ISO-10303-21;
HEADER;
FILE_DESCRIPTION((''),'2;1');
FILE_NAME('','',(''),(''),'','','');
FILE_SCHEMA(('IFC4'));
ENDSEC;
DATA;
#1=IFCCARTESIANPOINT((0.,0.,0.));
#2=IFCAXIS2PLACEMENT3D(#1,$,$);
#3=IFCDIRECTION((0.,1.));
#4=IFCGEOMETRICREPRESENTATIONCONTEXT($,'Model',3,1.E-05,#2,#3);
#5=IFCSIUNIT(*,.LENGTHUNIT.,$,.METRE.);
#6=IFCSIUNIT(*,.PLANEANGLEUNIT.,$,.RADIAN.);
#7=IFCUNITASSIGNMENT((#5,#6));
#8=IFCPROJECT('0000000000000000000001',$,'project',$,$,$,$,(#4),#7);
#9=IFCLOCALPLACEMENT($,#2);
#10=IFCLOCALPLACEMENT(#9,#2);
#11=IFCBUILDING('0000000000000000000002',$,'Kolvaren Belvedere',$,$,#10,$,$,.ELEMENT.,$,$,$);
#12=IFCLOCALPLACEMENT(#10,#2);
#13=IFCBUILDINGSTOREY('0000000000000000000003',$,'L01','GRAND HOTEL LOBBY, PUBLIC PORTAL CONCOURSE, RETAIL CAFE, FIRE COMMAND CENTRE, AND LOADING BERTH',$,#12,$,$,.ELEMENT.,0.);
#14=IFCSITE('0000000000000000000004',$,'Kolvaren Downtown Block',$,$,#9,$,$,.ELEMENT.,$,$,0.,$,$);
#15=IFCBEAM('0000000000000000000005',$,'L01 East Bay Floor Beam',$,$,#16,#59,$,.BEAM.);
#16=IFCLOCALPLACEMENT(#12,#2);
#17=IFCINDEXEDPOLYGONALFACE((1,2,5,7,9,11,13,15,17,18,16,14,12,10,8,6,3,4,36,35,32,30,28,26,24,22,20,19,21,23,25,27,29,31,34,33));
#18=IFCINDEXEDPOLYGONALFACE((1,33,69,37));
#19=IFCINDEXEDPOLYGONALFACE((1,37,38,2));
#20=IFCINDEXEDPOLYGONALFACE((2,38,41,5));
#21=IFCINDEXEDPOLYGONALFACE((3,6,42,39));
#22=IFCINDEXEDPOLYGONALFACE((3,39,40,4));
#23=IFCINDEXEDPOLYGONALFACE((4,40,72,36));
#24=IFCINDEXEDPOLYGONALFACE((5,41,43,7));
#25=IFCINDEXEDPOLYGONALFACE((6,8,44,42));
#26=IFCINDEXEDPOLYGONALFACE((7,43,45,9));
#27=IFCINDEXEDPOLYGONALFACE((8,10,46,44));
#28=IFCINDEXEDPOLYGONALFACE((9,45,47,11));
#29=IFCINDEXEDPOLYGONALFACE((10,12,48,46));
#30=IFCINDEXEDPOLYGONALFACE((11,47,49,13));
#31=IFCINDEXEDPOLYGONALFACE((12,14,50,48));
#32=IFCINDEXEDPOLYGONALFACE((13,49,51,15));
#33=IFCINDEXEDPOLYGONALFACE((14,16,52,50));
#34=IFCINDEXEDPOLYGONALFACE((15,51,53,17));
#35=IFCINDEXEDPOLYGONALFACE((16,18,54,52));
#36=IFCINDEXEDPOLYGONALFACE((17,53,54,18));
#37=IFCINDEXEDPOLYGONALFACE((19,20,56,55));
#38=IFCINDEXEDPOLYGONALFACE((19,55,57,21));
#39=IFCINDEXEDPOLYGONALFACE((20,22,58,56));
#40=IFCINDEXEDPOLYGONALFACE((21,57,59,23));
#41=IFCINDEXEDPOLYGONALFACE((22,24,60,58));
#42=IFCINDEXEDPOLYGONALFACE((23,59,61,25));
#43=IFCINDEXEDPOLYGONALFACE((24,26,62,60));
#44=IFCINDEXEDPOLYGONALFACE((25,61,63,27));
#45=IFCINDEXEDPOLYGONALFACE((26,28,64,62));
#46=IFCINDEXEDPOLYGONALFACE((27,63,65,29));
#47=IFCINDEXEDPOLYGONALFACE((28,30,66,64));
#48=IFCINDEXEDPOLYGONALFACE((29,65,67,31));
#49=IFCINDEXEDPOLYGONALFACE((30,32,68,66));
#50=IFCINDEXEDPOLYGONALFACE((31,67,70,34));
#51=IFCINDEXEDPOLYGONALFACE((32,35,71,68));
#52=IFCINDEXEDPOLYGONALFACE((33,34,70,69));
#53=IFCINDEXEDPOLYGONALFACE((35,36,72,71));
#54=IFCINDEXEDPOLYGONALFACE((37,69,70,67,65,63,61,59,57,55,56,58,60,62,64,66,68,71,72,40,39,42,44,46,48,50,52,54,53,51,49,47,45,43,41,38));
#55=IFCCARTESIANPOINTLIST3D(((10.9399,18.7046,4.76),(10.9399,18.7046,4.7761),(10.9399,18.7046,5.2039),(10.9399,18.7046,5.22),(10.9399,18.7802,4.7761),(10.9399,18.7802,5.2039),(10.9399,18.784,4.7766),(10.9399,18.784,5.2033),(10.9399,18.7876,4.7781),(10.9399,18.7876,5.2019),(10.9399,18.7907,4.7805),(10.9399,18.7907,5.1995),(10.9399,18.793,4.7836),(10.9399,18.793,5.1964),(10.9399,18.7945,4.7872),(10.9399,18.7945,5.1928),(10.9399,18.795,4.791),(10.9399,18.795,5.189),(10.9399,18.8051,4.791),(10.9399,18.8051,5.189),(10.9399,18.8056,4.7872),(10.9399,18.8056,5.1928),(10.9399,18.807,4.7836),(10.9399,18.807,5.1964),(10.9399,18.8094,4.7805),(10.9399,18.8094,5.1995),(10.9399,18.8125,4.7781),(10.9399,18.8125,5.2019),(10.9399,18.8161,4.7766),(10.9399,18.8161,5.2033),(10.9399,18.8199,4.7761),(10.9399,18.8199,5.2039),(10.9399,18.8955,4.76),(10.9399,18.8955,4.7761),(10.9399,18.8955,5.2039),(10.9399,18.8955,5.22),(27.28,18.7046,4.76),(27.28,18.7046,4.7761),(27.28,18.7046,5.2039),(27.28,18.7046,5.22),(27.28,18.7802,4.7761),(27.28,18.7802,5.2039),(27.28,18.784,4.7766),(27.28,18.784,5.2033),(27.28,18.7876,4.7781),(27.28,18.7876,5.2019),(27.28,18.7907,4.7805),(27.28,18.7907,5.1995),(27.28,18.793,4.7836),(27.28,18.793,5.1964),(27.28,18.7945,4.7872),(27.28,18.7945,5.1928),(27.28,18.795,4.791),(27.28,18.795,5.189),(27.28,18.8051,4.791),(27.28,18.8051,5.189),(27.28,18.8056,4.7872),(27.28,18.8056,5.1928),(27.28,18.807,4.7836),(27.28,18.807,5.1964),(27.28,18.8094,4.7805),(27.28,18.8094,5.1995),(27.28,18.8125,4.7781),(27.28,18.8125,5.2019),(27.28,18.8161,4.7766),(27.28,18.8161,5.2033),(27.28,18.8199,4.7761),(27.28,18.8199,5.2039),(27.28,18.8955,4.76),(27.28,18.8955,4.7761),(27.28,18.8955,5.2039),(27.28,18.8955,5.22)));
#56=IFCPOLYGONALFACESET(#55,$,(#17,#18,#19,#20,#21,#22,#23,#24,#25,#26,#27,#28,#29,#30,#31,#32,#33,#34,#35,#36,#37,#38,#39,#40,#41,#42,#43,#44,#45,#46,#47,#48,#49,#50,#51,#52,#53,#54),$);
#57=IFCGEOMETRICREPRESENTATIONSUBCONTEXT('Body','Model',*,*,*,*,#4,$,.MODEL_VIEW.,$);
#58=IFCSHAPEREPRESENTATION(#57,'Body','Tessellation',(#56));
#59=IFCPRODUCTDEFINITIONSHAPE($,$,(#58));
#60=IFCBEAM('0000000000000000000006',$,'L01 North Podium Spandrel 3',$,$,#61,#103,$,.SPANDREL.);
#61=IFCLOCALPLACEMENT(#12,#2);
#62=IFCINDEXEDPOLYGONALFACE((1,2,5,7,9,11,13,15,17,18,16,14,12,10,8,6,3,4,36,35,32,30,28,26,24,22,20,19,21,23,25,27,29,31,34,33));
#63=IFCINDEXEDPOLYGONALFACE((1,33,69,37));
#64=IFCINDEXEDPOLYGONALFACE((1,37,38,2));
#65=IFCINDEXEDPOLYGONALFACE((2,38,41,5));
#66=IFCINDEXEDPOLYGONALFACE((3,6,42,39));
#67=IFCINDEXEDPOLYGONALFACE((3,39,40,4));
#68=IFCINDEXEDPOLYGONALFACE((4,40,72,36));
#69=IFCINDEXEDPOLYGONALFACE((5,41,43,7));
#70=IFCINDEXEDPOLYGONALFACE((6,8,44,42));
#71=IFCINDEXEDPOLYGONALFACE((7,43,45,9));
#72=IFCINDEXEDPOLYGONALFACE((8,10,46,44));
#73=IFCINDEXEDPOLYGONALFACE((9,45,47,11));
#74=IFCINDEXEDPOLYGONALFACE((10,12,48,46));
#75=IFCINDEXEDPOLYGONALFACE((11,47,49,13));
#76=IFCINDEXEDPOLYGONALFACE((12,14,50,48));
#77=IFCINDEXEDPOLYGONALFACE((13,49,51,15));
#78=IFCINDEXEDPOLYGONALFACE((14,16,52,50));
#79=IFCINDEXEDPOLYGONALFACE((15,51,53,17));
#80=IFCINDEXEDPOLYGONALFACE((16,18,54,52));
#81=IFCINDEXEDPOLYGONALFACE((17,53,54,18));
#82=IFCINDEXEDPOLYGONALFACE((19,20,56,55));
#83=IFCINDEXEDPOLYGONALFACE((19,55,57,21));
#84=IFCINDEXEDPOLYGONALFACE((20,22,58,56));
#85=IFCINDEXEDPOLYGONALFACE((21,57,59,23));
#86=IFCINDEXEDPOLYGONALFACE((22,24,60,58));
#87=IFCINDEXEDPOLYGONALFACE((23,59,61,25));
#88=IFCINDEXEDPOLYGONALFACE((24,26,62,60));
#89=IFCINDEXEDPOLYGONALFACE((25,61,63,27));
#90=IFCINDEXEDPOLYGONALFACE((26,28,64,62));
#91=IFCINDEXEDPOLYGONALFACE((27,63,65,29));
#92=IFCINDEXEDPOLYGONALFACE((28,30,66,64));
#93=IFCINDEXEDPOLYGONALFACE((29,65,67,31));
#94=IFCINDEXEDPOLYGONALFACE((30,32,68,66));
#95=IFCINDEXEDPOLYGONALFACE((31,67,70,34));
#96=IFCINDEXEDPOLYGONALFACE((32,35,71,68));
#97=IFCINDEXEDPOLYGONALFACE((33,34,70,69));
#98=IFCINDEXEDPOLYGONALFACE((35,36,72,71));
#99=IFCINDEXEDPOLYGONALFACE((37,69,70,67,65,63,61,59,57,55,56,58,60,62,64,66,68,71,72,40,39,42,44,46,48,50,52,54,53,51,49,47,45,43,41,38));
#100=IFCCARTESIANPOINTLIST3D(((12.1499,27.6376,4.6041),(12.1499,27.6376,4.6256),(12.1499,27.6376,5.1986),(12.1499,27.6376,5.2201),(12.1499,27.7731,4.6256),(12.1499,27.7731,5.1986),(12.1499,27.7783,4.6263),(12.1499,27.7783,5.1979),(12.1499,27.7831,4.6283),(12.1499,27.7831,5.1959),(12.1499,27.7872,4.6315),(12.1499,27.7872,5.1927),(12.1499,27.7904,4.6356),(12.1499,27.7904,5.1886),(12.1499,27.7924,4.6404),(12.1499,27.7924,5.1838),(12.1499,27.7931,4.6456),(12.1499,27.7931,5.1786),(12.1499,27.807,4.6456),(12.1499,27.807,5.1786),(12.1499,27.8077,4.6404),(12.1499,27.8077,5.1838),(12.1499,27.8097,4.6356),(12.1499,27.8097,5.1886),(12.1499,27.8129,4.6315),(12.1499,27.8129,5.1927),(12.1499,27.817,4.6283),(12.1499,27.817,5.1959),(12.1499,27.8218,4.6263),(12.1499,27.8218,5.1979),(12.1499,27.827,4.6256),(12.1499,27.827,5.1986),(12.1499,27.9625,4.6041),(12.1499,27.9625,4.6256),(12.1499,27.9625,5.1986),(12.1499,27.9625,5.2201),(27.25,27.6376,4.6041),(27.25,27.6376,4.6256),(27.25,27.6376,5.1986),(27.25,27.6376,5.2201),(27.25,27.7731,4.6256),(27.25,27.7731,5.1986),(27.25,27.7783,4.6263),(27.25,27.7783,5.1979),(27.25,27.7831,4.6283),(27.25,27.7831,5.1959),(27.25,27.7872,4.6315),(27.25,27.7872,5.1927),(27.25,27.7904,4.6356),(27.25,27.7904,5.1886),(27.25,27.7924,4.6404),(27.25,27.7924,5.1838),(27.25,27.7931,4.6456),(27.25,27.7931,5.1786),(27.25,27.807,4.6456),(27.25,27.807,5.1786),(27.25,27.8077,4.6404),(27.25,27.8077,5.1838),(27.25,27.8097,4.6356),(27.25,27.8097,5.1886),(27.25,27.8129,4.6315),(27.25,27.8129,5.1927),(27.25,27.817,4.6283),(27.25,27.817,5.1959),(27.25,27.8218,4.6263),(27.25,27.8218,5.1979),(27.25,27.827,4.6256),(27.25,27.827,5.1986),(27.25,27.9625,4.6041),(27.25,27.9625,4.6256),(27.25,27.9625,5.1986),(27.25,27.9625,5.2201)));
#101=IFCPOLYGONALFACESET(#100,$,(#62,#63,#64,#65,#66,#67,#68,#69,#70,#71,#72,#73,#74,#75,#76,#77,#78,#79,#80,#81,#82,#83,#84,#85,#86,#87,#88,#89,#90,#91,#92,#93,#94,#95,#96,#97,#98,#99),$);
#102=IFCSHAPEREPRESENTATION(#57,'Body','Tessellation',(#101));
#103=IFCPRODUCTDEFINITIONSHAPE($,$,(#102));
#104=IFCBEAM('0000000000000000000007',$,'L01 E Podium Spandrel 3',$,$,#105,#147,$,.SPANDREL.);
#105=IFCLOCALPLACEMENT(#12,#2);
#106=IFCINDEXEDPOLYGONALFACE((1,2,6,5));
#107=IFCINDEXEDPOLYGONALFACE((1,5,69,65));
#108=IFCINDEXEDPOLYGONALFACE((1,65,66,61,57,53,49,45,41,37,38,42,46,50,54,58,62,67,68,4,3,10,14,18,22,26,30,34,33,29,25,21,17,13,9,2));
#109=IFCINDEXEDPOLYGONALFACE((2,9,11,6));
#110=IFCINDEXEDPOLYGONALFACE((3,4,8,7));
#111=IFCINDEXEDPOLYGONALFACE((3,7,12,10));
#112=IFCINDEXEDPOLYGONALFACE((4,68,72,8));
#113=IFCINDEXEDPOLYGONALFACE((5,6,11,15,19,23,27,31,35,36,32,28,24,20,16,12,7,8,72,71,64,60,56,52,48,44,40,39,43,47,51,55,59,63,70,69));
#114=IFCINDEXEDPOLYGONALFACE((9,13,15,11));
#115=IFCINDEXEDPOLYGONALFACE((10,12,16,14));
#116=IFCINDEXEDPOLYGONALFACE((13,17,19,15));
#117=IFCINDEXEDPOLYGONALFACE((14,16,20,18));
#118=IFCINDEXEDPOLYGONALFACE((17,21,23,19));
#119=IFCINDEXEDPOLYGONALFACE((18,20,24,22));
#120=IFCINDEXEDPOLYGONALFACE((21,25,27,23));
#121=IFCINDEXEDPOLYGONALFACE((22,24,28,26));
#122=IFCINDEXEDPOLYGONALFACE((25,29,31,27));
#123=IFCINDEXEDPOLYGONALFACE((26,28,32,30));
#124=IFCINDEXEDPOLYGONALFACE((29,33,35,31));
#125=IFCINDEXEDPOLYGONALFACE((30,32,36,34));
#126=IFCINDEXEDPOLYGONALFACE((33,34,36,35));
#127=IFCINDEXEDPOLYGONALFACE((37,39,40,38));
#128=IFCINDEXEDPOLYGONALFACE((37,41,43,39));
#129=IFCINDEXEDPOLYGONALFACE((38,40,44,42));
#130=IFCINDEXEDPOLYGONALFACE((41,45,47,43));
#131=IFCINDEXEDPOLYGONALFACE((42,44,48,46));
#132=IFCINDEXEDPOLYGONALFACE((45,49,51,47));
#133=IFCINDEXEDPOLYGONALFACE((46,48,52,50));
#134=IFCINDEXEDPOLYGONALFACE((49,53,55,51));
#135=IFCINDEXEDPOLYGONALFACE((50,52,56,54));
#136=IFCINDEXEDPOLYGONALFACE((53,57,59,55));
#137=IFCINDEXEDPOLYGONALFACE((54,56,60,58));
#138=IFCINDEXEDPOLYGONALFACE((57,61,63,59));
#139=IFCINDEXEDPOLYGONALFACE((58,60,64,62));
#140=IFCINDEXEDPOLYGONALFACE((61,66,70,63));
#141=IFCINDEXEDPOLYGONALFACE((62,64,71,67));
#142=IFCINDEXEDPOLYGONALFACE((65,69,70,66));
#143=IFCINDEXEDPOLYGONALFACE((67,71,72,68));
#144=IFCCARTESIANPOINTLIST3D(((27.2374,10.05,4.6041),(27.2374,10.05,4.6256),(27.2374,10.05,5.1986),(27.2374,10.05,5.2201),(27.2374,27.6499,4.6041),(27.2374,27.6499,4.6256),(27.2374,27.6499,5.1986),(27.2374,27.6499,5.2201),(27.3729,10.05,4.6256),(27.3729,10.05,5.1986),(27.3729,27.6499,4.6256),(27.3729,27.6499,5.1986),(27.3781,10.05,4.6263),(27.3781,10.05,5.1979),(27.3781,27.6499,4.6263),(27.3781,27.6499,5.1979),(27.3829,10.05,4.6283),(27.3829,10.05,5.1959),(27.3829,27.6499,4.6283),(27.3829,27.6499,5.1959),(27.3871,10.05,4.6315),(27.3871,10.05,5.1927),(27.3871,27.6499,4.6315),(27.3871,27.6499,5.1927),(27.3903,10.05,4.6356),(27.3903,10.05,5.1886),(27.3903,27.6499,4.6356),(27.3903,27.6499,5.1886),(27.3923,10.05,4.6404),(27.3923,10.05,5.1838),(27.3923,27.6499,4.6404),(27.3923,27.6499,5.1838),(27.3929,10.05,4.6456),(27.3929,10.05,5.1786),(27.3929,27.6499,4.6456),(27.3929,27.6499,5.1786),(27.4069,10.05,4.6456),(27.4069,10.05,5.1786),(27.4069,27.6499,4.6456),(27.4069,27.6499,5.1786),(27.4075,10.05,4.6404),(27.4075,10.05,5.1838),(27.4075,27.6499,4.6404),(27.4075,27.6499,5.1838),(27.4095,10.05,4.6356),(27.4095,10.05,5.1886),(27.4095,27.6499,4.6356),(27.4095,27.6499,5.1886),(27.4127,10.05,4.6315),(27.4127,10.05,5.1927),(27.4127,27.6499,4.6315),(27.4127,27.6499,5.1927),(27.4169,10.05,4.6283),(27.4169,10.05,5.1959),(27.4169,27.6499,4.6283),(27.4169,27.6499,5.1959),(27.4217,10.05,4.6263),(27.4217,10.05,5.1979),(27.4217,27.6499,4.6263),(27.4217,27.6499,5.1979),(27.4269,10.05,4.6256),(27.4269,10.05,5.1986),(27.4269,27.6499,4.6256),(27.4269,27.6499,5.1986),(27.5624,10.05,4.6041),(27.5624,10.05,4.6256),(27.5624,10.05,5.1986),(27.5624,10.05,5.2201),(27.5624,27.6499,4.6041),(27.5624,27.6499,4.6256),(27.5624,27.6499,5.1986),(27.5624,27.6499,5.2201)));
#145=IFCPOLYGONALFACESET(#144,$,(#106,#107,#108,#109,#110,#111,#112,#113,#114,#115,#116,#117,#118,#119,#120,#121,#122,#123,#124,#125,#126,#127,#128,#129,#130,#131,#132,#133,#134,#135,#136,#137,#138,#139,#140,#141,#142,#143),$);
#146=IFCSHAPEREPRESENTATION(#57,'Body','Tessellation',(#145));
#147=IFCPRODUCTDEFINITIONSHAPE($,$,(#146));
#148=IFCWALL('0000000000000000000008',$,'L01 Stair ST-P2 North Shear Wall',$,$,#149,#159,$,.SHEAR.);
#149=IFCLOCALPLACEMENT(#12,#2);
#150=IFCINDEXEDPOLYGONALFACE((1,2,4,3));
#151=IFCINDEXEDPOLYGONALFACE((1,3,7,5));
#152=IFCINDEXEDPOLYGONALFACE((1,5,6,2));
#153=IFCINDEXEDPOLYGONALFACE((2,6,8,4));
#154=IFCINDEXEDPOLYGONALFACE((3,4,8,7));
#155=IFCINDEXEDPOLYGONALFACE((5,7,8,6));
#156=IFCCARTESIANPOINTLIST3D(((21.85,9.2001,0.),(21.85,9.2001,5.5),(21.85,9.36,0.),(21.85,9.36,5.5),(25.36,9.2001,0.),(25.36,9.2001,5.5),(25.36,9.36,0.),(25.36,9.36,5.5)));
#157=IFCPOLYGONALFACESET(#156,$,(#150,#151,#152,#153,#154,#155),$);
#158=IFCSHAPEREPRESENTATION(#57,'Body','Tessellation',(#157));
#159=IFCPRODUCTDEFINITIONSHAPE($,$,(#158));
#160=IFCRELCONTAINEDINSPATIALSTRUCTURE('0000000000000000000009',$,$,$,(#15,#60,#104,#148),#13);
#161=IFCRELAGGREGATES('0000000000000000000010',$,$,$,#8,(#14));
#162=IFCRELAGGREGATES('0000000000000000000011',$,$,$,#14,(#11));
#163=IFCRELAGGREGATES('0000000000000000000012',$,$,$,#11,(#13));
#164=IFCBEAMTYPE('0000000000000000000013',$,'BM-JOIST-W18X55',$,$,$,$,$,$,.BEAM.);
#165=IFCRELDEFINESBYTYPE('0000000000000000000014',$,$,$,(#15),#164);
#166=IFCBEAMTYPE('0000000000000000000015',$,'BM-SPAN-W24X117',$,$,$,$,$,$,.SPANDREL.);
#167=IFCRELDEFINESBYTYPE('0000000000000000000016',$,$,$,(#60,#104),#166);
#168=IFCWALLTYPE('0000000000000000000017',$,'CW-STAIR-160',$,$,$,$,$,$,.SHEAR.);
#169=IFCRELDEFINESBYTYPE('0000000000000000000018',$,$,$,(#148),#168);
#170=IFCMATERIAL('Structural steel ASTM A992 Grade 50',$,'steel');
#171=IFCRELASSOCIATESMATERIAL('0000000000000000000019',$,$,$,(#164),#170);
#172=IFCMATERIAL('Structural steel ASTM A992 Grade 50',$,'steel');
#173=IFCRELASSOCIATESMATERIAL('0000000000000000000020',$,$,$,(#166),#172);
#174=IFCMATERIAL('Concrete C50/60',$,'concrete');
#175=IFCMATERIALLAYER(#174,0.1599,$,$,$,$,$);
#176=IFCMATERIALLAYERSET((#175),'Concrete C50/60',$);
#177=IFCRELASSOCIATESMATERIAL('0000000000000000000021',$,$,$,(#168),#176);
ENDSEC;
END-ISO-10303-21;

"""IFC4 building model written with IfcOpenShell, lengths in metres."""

from ifc_helpers import new_model, si_unit, direction, frame, frame_2d, origin, origin_2d, place, context, subcontext, project, spatial, rectangle, i_section, extrude, material, layer, layer_set, material_profile, profile_set, type_object, element, save


model = new_model("IFC4")

# Units and contexts
model_context = context("Model", 3, precision=1e-05, world=origin(), true_north=direction((0.0, 1.0)))
body_context = subcontext(model_context, "Body", "Model", "MODEL_VIEW")
ifc_project = project(units=[si_unit("LENGTHUNIT", "METRE"), si_unit("PLANEANGLEUNIT", "RADIAN")], contexts=[model_context])

# Site, building, storey
site_placement = place(None, origin())
site = spatial("IfcSite", under=ifc_project, at=site_placement, Name="Kolvaren Downtown Block", CompositionType="ELEMENT", RefElevation=0.0)
building_placement = place(site_placement, origin())
building = spatial("IfcBuilding", under=site, at=building_placement, Name="Kolvaren Belvedere", CompositionType="ELEMENT")
storey_placement = place(building_placement, origin())
storey = spatial("IfcBuildingStorey", under=building, at=storey_placement, Name="L01", Description="GRAND HOTEL LOBBY, PUBLIC PORTAL CONCOURSE, RETAIL CAFE, FIRE COMMAND CENTRE, AND LOADING BERTH", CompositionType="ELEMENT", Elevation=0.0)

# Beams
ifc_material_1 = material(Name="Structural steel ASTM A992 Grade 50", Category="steel")
ifc_material_profile_1 = material_profile(ifc_material_1, i_section(OverallWidth=0.1909, OverallDepth=0.46, WebThickness=0.01, FlangeThickness=0.0161, FilletRadius=0.0149, at=origin_2d()), Name="W18X55")
ifc_profile_set_1 = profile_set([ifc_material_profile_1], Name="Structural steel ASTM A992 Grade 50")
beam_type_1 = type_object("IfcBeamType", Name="BM-JOIST-W18X55", PredefinedType="BEAM", material=ifc_profile_set_1)
beam_1_placement = place(storey_placement, frame((10.9399, 18.8, 4.99), z_axis=(1.0, 0.0, 0.0), x_axis=(0.0, 1.0, 0.0)))
element("IfcBeam", 1, at=beam_1_placement, inside=storey, type_object=beam_type_1, Name="L01 East Bay Floor Beam", PredefinedType="BEAM", context=body_context, shape_type="SweptSolid", body=[
    extrude(i_section(OverallWidth=0.1909, OverallDepth=0.46, WebThickness=0.01, FlangeThickness=0.0161, FilletRadius=0.0149, at=origin_2d()), origin(), (0.0, 0.0, 1.0), 16.3401),
])
ifc_material_2 = material(Name="Structural steel ASTM A992 Grade 50", Category="steel")
ifc_material_profile_2 = material_profile(ifc_material_2, i_section(OverallWidth=0.325, OverallDepth=0.616, WebThickness=0.0139, FlangeThickness=0.0215, FilletRadius=0.02, at=origin_2d()), Name="W24X117")
ifc_profile_set_2 = profile_set([ifc_material_profile_2], Name="Structural steel ASTM A992 Grade 50")
beam_type_2 = type_object("IfcBeamType", Name="BM-SPAN-W24X117", PredefinedType="SPANDREL", material=ifc_profile_set_2)
beam_2_placement = place(storey_placement, frame((12.1499, 27.8, 4.9121), z_axis=(1.0, 0.0, 0.0), x_axis=(0.0, 1.0, 0.0)))
element("IfcBeam", 2, at=beam_2_placement, inside=storey, type_object=beam_type_2, Name="L01 North Podium Spandrel 3", PredefinedType="SPANDREL", context=body_context, shape_type="SweptSolid", body=[
    extrude(i_section(OverallWidth=0.325, OverallDepth=0.616, WebThickness=0.0139, FlangeThickness=0.0215, FilletRadius=0.02, at=origin_2d()), origin(), (0.0, 0.0, 1.0), 15.1001),
])
beam_3_placement = place(storey_placement, frame((27.3999, 10.05, 4.9121), z_axis=(0.0, 1.0, 0.0), x_axis=(-1.0, 0.0, 0.0)))
element("IfcBeam", 3, at=beam_3_placement, inside=storey, type_object=beam_type_2, Name="L01 E Podium Spandrel 3", PredefinedType="SPANDREL", context=body_context, shape_type="SweptSolid", body=[
    extrude(i_section(OverallWidth=0.325, OverallDepth=0.616, WebThickness=0.0139, FlangeThickness=0.0215, FilletRadius=0.02, at=origin_2d()), origin(), (0.0, 0.0, 1.0), 17.5999),
])

# Wall
ifc_material_3 = material(Name="Concrete C50/60", Category="concrete")
ifc_layer_1 = layer(ifc_material_3, 0.1599)
ifc_layer_set_1 = layer_set([ifc_layer_1], Name="Concrete C50/60")
wall_type_1 = type_object("IfcWallType", Name="CW-STAIR-160", PredefinedType="SHEAR", material=ifc_layer_set_1)
wall_1_placement = place(storey_placement, frame((21.8501, 9.28, 0.0), z_axis=(0.0, 0.0, 1.0), x_axis=(1.0, 0.0, 0.0)))
element("IfcWall", 4, at=wall_1_placement, inside=storey, type_object=wall_type_1, Name="L01 Stair ST-P2 North Shear Wall", PredefinedType="SHEAR", context=body_context, shape_type="SweptSolid", body=[
    extrude(rectangle(XDim=3.51, YDim=0.1599, at=frame_2d((1.7549, 0.0))), origin(), (0.0, 0.0, 1.0), 5.5),
])

save(model, "model.ifc")
